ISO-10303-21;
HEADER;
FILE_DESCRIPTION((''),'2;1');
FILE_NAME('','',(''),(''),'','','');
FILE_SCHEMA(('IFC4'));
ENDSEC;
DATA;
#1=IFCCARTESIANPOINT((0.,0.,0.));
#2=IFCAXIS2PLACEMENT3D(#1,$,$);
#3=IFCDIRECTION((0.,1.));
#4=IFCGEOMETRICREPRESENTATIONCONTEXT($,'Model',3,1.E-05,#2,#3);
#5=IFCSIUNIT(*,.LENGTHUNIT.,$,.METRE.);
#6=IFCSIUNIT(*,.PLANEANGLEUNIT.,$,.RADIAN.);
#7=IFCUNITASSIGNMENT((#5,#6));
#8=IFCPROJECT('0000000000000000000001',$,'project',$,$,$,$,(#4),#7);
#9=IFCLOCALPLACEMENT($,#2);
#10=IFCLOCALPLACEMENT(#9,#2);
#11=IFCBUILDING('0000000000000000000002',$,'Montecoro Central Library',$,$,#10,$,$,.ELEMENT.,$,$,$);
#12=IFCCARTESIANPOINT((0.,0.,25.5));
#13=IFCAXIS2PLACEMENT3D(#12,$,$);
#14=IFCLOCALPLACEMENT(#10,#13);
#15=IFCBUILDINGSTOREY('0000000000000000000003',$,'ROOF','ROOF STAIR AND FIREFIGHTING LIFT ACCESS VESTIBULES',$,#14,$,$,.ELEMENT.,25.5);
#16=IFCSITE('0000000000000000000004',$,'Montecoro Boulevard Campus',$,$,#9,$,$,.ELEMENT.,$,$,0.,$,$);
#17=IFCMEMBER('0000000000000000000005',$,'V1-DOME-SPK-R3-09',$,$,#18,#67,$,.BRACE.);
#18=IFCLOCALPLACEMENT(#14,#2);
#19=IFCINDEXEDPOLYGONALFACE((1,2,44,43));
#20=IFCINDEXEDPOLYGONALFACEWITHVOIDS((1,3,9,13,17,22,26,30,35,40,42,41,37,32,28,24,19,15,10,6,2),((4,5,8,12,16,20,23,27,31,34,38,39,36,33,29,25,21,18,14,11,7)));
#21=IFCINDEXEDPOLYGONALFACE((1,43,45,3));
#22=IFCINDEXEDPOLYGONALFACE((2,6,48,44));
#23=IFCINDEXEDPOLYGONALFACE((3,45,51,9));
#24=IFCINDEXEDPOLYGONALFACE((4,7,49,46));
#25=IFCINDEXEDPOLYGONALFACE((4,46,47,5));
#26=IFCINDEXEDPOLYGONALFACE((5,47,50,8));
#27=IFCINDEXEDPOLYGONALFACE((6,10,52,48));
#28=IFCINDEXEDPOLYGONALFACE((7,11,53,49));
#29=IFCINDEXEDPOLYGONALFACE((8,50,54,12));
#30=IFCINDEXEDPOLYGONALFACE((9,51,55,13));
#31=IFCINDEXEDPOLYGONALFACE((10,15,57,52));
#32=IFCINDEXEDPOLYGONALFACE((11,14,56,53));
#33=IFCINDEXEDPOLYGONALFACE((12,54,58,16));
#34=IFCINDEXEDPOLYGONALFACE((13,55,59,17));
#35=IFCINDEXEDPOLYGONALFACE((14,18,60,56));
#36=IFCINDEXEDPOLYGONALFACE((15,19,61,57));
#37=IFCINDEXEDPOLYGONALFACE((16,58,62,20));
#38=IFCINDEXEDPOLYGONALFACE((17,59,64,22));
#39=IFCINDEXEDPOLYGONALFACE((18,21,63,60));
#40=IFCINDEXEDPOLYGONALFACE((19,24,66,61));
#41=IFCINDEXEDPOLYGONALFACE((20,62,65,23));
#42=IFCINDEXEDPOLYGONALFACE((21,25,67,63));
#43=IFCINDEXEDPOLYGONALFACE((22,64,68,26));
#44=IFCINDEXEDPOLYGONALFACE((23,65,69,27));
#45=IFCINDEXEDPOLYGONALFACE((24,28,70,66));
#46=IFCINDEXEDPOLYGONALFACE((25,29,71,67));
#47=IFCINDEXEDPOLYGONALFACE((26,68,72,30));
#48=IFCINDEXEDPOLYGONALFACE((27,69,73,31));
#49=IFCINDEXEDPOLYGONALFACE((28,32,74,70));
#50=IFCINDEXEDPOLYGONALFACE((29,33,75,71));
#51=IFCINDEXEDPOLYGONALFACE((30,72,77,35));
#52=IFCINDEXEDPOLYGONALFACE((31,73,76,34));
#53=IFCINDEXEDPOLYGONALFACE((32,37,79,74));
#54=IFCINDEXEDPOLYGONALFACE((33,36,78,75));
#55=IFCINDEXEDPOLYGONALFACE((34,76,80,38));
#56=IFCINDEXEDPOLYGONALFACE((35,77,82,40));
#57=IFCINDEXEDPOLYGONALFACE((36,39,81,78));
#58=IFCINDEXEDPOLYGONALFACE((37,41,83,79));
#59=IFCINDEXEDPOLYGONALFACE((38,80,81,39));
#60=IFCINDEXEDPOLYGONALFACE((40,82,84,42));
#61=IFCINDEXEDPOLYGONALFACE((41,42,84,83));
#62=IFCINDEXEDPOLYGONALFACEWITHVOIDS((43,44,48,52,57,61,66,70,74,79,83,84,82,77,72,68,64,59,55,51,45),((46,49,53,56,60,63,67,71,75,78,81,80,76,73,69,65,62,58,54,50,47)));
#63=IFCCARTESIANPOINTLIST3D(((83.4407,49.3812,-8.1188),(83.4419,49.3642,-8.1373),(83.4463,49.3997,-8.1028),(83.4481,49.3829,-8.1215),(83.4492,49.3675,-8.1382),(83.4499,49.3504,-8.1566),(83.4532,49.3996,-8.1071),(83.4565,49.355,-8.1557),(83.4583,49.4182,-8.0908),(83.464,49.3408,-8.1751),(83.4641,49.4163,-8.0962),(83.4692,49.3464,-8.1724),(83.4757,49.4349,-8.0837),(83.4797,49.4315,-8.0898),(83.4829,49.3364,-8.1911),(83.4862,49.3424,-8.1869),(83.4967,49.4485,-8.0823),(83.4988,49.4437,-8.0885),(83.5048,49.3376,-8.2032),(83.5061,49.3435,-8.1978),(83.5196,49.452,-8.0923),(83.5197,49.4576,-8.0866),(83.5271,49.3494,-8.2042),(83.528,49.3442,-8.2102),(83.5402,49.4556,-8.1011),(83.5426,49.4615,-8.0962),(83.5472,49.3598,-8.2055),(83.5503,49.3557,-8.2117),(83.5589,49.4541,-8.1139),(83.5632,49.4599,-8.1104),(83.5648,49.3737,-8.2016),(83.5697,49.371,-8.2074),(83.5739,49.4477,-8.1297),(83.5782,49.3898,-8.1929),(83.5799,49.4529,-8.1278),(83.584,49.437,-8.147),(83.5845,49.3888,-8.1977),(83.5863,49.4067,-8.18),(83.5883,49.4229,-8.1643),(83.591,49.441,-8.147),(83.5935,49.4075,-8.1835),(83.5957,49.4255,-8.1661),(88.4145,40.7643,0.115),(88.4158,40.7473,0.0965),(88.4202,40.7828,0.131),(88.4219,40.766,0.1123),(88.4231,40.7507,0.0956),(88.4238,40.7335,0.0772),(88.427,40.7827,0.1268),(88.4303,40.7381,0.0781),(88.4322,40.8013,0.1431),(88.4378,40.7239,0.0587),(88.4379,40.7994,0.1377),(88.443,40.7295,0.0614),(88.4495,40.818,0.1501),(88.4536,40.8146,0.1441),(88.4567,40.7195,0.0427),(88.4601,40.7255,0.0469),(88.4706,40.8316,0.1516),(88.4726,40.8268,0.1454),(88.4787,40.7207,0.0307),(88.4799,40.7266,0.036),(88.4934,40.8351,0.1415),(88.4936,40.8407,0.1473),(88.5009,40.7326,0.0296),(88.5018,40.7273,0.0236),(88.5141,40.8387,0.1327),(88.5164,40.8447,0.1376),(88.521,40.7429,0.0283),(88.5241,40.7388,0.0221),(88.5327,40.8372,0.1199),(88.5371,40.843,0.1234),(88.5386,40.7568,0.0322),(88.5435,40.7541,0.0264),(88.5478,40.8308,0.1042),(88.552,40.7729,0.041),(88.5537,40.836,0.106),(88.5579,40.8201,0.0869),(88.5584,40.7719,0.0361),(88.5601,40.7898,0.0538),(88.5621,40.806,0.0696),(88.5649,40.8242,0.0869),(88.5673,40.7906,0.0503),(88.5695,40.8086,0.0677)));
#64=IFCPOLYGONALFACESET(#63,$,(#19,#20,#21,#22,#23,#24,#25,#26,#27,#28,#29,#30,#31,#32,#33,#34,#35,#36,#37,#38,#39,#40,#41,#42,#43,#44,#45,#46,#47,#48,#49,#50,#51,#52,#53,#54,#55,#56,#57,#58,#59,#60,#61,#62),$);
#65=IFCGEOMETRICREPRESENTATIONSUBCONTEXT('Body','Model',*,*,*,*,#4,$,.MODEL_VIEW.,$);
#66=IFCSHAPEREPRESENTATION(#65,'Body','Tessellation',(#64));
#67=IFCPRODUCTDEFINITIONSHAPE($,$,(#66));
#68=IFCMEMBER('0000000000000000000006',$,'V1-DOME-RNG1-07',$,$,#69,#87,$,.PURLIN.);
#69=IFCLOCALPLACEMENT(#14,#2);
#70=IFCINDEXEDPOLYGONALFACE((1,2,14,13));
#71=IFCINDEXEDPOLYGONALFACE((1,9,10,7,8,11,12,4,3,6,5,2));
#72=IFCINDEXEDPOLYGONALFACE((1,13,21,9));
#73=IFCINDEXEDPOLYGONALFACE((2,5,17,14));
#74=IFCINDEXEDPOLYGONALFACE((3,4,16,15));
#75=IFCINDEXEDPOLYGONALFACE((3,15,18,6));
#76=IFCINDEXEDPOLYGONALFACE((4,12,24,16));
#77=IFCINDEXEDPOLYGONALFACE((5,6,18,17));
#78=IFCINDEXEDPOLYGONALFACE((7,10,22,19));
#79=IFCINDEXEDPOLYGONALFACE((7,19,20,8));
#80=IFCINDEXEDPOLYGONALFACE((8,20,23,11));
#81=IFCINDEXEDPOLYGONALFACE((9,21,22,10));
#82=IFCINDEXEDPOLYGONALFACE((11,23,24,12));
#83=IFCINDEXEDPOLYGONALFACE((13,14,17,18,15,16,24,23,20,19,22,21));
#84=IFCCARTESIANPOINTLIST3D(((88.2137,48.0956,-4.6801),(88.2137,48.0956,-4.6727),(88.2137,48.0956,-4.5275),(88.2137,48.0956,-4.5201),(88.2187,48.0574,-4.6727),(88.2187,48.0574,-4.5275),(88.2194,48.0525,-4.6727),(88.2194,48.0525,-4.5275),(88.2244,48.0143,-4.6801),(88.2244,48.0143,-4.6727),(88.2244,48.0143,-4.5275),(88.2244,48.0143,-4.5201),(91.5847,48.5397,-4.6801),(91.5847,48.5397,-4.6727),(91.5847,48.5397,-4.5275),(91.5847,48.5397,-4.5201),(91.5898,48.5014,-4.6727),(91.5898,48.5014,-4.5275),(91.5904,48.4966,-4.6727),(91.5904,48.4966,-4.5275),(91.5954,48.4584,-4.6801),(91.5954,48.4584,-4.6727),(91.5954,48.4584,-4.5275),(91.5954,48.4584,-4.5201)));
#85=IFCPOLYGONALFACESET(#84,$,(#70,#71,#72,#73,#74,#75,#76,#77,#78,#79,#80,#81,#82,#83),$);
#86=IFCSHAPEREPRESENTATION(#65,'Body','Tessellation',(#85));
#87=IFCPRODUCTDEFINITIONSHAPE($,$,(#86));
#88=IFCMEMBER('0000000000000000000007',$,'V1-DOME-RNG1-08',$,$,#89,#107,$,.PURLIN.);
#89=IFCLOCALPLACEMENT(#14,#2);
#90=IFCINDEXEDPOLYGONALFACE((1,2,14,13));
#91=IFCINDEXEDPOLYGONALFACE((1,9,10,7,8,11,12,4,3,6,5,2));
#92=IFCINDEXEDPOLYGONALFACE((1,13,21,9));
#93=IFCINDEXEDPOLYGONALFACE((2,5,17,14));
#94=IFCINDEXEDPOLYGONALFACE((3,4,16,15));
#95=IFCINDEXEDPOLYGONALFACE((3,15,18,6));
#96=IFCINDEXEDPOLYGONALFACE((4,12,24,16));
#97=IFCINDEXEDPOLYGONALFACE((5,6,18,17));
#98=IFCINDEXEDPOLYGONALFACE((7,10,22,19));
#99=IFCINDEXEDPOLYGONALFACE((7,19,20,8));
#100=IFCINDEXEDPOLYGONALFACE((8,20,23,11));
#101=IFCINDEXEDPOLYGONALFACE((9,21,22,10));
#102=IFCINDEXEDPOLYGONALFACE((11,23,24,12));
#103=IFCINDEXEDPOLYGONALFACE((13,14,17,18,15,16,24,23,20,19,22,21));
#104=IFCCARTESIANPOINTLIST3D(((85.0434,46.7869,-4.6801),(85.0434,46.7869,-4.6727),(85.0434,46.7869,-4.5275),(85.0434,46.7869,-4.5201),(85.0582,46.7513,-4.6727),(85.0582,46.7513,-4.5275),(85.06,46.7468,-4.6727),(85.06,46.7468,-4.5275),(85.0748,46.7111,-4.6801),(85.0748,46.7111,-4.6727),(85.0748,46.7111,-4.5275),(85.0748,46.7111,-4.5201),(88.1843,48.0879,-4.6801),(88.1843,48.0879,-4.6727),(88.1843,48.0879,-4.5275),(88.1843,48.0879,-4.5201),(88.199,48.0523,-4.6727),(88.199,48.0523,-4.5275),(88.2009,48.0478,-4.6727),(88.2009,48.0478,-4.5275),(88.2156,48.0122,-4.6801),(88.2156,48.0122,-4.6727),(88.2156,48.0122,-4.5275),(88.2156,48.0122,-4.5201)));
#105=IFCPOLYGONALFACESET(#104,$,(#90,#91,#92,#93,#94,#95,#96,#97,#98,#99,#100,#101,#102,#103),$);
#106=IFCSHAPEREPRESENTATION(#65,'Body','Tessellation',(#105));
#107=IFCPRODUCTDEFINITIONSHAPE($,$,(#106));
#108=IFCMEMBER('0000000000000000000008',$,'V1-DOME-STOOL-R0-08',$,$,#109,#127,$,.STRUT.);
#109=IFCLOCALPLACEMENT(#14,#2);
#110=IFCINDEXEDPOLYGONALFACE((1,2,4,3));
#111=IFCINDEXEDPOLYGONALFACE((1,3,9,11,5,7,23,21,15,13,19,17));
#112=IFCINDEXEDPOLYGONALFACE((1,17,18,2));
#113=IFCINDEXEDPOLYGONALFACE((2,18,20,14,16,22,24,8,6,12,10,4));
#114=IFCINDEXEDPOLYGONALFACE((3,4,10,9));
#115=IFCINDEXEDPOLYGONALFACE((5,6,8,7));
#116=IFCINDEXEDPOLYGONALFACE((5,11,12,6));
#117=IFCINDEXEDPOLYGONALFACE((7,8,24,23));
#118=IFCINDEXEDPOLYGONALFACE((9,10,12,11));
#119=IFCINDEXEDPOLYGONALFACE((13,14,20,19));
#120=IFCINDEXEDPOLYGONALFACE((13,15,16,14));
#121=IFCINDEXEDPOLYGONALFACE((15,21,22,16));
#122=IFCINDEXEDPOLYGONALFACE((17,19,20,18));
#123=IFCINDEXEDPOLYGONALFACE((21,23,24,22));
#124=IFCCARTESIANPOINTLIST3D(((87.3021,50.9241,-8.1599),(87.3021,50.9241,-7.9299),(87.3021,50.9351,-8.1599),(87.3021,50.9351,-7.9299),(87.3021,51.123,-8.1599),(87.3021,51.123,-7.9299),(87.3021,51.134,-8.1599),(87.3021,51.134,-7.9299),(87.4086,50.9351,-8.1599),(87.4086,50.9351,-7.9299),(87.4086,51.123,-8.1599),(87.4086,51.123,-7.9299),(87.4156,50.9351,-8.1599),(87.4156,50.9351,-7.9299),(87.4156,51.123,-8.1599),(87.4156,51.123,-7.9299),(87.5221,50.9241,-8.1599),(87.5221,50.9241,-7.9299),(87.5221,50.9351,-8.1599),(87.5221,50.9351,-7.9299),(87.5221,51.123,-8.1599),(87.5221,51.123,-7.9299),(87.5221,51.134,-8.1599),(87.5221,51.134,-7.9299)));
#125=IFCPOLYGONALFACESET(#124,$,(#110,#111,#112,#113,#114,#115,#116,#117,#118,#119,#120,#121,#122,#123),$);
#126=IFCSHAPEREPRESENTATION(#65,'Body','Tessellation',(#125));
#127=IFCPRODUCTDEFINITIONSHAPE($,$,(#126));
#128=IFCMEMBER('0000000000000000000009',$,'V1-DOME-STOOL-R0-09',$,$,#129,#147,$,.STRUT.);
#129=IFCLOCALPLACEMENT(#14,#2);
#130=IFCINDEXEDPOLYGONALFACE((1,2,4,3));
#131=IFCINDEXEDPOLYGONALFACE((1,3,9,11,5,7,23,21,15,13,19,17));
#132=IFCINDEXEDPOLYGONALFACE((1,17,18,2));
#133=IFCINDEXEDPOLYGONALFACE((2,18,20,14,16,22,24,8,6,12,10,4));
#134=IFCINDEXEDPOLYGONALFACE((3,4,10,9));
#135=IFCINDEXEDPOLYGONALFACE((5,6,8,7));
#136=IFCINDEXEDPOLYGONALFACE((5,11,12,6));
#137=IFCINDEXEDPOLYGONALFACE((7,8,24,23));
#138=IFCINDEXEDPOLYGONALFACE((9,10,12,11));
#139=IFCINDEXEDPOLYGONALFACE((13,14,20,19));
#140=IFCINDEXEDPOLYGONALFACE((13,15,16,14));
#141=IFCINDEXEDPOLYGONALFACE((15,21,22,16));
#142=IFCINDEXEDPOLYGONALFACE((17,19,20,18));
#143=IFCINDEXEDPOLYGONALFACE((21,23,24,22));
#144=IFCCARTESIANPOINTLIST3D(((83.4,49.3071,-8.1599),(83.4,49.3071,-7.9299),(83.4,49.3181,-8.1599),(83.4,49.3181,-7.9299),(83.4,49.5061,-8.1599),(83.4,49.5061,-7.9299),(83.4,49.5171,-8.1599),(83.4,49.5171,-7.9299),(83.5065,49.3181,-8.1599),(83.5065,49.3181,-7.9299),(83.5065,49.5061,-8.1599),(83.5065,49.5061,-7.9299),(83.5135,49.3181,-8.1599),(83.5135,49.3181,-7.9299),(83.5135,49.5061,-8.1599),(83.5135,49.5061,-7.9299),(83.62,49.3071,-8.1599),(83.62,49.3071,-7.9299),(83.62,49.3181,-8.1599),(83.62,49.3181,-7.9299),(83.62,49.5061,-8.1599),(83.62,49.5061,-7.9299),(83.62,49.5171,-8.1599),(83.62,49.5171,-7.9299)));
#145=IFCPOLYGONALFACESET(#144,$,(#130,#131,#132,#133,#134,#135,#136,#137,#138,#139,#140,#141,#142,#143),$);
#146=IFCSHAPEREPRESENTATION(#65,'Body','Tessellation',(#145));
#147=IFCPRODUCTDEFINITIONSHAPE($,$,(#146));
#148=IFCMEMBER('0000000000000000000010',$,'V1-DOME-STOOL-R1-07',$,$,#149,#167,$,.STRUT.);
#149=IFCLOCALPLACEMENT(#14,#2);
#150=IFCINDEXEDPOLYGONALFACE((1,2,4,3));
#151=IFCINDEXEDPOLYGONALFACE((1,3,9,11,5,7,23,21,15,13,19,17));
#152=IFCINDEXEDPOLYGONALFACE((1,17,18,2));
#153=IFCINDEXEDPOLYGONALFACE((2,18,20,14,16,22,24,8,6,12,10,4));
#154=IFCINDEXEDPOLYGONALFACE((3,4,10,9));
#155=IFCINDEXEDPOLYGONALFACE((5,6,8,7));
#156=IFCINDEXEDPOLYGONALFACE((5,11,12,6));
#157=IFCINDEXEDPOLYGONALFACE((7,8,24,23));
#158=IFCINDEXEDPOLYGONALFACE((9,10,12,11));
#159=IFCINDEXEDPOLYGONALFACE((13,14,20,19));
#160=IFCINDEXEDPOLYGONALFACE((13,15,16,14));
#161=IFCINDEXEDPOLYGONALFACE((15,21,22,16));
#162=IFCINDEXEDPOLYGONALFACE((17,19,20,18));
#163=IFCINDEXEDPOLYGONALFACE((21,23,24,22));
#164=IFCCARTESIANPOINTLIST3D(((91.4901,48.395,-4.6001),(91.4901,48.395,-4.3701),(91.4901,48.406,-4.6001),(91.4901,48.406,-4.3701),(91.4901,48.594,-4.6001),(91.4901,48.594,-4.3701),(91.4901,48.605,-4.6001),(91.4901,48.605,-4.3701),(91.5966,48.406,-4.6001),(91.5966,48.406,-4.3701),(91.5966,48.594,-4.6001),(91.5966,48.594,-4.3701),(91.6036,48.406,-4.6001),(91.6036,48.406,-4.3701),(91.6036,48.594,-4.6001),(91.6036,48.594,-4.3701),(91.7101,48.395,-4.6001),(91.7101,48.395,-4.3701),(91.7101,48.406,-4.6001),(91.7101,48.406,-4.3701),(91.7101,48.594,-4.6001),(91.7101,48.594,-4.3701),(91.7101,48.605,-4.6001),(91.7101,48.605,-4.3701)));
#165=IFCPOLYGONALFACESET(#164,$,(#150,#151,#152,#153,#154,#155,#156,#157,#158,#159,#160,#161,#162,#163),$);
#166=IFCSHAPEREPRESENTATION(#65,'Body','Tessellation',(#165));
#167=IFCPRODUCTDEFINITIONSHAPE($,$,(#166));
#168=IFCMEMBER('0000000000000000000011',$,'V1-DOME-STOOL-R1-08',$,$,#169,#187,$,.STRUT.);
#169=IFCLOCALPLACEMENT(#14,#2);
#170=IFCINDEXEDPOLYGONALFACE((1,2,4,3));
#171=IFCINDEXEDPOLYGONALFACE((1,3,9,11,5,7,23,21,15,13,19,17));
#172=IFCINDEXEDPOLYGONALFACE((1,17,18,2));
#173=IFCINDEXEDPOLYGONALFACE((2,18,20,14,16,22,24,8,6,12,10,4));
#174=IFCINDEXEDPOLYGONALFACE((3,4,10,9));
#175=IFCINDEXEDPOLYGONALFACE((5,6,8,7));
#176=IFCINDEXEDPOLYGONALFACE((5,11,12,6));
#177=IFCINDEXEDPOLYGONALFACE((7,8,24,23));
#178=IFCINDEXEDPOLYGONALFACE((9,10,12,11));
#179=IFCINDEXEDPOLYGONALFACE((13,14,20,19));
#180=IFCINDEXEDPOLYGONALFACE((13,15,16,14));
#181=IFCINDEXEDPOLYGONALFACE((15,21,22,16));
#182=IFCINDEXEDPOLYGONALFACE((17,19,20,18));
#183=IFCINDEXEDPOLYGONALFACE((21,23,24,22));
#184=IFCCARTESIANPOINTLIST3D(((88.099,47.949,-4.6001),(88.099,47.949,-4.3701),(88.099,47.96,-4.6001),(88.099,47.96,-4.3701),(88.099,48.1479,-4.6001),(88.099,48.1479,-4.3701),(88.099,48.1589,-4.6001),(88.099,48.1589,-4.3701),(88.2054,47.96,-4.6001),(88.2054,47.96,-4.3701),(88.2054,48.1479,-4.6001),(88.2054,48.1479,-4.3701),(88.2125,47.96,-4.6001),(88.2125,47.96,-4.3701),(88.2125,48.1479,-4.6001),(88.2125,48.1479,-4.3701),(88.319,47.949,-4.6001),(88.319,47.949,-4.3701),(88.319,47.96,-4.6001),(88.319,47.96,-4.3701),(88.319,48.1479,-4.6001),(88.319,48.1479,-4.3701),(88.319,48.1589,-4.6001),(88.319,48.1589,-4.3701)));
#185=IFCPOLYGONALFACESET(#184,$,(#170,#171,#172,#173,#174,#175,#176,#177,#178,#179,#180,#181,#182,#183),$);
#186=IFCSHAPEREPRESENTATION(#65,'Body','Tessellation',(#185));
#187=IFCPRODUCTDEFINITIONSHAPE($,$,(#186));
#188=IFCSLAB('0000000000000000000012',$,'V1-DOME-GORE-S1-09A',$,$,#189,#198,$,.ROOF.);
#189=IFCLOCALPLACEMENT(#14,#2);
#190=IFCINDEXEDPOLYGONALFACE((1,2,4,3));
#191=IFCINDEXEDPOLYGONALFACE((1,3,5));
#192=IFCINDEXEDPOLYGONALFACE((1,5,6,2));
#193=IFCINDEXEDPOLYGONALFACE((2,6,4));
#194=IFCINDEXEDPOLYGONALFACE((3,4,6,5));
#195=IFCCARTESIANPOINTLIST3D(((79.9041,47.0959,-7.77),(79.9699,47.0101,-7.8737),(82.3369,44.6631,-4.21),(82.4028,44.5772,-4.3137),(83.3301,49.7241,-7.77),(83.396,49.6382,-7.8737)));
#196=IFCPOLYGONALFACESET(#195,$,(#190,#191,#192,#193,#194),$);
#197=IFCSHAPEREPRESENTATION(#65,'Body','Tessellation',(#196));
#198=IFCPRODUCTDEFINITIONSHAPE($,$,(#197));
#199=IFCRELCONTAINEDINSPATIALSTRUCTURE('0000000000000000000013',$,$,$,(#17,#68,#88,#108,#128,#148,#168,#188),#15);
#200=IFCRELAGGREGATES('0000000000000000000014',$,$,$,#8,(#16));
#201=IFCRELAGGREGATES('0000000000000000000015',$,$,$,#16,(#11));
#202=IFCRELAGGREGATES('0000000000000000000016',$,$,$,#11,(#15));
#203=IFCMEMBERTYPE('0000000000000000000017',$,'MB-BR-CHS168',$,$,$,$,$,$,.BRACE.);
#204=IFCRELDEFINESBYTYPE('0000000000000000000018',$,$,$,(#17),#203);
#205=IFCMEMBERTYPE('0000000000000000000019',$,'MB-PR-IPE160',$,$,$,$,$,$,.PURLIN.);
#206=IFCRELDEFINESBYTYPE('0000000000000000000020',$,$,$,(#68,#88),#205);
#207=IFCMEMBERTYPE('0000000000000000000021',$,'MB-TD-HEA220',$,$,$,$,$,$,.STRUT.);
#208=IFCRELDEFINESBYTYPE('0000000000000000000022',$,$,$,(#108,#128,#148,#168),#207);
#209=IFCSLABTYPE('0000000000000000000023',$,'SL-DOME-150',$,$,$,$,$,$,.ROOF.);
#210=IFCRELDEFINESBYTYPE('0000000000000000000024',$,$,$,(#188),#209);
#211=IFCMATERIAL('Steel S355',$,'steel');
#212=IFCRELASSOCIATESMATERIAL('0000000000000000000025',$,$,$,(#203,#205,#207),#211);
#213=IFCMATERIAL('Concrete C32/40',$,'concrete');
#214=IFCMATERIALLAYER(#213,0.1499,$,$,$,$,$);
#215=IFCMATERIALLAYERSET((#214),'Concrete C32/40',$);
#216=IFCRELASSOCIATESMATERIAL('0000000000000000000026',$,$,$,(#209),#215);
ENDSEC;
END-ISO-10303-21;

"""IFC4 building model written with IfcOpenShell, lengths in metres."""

from ifc_helpers import new_model, si_unit, direction, frame, origin, origin_2d, place, context, subcontext, project, spatial, polyline, hollow_circle, i_section, outline, extrude, material, layer, layer_set, material_profile, profile_set, type_object, element, save


model = new_model("IFC4")

# Units and contexts
model_context = context("Model", 3, precision=1e-05, world=origin(), true_north=direction((0.0, 1.0)))
body_context = subcontext(model_context, "Body", "Model", "MODEL_VIEW")
ifc_project = project(units=[si_unit("LENGTHUNIT", "METRE"), si_unit("PLANEANGLEUNIT", "RADIAN")], contexts=[model_context])

# Site, building, storey
site_placement = place(None, origin())
site = spatial("IfcSite", under=ifc_project, at=site_placement, Name="Montecoro Boulevard Campus", CompositionType="ELEMENT", RefElevation=0.0)
building_placement = place(site_placement, origin())
building = spatial("IfcBuilding", under=site, at=building_placement, Name="Montecoro Central Library", CompositionType="ELEMENT")
storey_placement = place(building_placement, frame((0.0, 0.0, 25.5)))
storey = spatial("IfcBuildingStorey", under=building, at=storey_placement, Name="ROOF", Description="ROOF STAIR AND FIREFIGHTING LIFT ACCESS VESTIBULES", CompositionType="ELEMENT", Elevation=25.5)

# Members
ifc_material_1 = material(Name="Steel S355", Category="steel")
ifc_material_profile_1 = material_profile(ifc_material_1, hollow_circle(Radius=0.0842, WallThickness=0.0081, at=origin_2d()), Name="CHS 168.3x8.0")
ifc_profile_set_1 = profile_set([ifc_material_profile_1], Name="Steel S355")
member_type_1 = type_object("IfcMemberType", Name="MB-BR-CHS168", PredefinedType="BRACE", material=ifc_profile_set_1)
member_1_placement = place(storey_placement, frame((83.5181, 49.3989, -8.147), z_axis=(0.385135, -0.667223, 0.637562), x_axis=(0.866074, 0.499916, 0.0)))
element("IfcMember", 1, at=member_1_placement, inside=storey, type_object=member_type_1, Name="V1-DOME-SPK-R3-09", PredefinedType="BRACE", context=body_context, shape_type="SweptSolid", body=[
    extrude(hollow_circle(Radius=0.0842, WallThickness=0.0081, at=origin_2d()), origin(), (0.0, 0.0, 1.0), 12.9146),
])
ifc_material_profile_2 = material_profile(ifc_material_1, i_section(OverallWidth=0.082, OverallDepth=0.1599, WebThickness=0.0049, FlangeThickness=0.0073, at=origin_2d()), Name="IPE 160")
ifc_profile_set_2 = profile_set([ifc_material_profile_2], Name="Steel S355")
member_type_2 = type_object("IfcMemberType", Name="MB-PR-IPE160", PredefinedType="PURLIN", material=ifc_profile_set_2)
member_2_placement = place(storey_placement, frame((91.5901, 48.499, -4.6001), z_axis=(-0.991434, -0.130607, 0.0), x_axis=(0.130607, -0.991434, 0.0)))
element("IfcMember", 2, at=member_2_placement, inside=storey, type_object=member_type_2, Name="V1-DOME-RNG1-07", PredefinedType="PURLIN", context=body_context, shape_type="SweptSolid", body=[
    extrude(i_section(OverallWidth=0.082, OverallDepth=0.1599, WebThickness=0.0049, FlangeThickness=0.0073, at=origin_2d()), origin(), (0.0, 0.0, 1.0), 3.4001),
])
member_3_placement = place(storey_placement, frame((88.2, 48.05, -4.6001), z_axis=(-0.923876, -0.382692, 0.0), x_axis=(0.382692, -0.923876, 0.0)))
element("IfcMember", 3, at=member_3_placement, inside=storey, type_object=member_type_2, Name="V1-DOME-RNG1-08", PredefinedType="PURLIN", context=body_context, shape_type="SweptSolid", body=[
    extrude(i_section(OverallWidth=0.082, OverallDepth=0.1599, WebThickness=0.0049, FlangeThickness=0.0073, at=origin_2d()), origin(), (0.0, 0.0, 1.0), 3.3997),
])
ifc_material_profile_3 = material_profile(ifc_material_1, i_section(OverallWidth=0.22, OverallDepth=0.21, WebThickness=0.0071, FlangeThickness=0.011, at=origin_2d()), Name="HEA 220")
ifc_profile_set_3 = profile_set([ifc_material_profile_3], Name="Steel S355")
member_type_3 = type_object("IfcMemberType", Name="MB-TD-HEA220", PredefinedType="STRUT", material=ifc_profile_set_3)
for number, where, z_axis, x_axis, name in (
    (4, (87.4121, 51.0291, -8.1599), (0.0, 0.0, 1.0), (1.0, 0.0, 0.0), "V1-DOME-STOOL-R0-08"),
    (5, (83.51, 49.4121, -8.1599), (0.0, 0.0, 1.0), (1.0, 0.0, 0.0), "V1-DOME-STOOL-R0-09"),
    (6, (91.6001, 48.5, -4.6001), (0.0, 0.0, 1.0), (1.0, 0.0, 0.0), "V1-DOME-STOOL-R1-07"),
    (7, (88.209, 48.054, -4.6001), (0.0, 0.0, 1.0), (1.0, 0.0, 0.0), "V1-DOME-STOOL-R1-08"),
):
    element("IfcMember", number, at=place(storey_placement, frame(where, z_axis=z_axis, x_axis=x_axis)), inside=storey, type_object=member_type_3, Name=name, PredefinedType="STRUT", context=body_context, shape_type="SweptSolid", body=[
        extrude(i_section(OverallWidth=0.22, OverallDepth=0.21, WebThickness=0.0071, FlangeThickness=0.011, at=origin_2d()), origin(), (0.0, 0.0, 1.0), 0.23),
    ])

# Slab
ifc_material_2 = material(Name="Concrete C32/40", Category="concrete")
ifc_layer = layer(ifc_material_2, 0.1499)
ifc_layer_set = layer_set([ifc_layer], Name="Concrete C32/40")
slab_type = type_object("IfcSlabType", Name="SL-DOME-150", PredefinedType="ROOF", material=ifc_layer_set)
slab_1_placement = place(storey_placement, frame((83.3301, 49.7241, -7.77), z_axis=(-0.439483, 0.5729, 0.691839), x_axis=(-0.793433, -0.608658, 0.0)))
element("IfcSlab", 8, at=slab_1_placement, inside=storey, type_object=slab_type, Name="V1-DOME-GORE-S1-09A", PredefinedType="ROOF", context=body_context, shape_type="SweptSolid", body=[
    extrude(outline(polyline([(0.0, 0.0), (4.318, 0.0), (3.8684, 4.9305), (0.0, 0.0)])), origin(), (0.0, 0.0, -1.0), 0.1499),
])

save(model, "model.ifc")
